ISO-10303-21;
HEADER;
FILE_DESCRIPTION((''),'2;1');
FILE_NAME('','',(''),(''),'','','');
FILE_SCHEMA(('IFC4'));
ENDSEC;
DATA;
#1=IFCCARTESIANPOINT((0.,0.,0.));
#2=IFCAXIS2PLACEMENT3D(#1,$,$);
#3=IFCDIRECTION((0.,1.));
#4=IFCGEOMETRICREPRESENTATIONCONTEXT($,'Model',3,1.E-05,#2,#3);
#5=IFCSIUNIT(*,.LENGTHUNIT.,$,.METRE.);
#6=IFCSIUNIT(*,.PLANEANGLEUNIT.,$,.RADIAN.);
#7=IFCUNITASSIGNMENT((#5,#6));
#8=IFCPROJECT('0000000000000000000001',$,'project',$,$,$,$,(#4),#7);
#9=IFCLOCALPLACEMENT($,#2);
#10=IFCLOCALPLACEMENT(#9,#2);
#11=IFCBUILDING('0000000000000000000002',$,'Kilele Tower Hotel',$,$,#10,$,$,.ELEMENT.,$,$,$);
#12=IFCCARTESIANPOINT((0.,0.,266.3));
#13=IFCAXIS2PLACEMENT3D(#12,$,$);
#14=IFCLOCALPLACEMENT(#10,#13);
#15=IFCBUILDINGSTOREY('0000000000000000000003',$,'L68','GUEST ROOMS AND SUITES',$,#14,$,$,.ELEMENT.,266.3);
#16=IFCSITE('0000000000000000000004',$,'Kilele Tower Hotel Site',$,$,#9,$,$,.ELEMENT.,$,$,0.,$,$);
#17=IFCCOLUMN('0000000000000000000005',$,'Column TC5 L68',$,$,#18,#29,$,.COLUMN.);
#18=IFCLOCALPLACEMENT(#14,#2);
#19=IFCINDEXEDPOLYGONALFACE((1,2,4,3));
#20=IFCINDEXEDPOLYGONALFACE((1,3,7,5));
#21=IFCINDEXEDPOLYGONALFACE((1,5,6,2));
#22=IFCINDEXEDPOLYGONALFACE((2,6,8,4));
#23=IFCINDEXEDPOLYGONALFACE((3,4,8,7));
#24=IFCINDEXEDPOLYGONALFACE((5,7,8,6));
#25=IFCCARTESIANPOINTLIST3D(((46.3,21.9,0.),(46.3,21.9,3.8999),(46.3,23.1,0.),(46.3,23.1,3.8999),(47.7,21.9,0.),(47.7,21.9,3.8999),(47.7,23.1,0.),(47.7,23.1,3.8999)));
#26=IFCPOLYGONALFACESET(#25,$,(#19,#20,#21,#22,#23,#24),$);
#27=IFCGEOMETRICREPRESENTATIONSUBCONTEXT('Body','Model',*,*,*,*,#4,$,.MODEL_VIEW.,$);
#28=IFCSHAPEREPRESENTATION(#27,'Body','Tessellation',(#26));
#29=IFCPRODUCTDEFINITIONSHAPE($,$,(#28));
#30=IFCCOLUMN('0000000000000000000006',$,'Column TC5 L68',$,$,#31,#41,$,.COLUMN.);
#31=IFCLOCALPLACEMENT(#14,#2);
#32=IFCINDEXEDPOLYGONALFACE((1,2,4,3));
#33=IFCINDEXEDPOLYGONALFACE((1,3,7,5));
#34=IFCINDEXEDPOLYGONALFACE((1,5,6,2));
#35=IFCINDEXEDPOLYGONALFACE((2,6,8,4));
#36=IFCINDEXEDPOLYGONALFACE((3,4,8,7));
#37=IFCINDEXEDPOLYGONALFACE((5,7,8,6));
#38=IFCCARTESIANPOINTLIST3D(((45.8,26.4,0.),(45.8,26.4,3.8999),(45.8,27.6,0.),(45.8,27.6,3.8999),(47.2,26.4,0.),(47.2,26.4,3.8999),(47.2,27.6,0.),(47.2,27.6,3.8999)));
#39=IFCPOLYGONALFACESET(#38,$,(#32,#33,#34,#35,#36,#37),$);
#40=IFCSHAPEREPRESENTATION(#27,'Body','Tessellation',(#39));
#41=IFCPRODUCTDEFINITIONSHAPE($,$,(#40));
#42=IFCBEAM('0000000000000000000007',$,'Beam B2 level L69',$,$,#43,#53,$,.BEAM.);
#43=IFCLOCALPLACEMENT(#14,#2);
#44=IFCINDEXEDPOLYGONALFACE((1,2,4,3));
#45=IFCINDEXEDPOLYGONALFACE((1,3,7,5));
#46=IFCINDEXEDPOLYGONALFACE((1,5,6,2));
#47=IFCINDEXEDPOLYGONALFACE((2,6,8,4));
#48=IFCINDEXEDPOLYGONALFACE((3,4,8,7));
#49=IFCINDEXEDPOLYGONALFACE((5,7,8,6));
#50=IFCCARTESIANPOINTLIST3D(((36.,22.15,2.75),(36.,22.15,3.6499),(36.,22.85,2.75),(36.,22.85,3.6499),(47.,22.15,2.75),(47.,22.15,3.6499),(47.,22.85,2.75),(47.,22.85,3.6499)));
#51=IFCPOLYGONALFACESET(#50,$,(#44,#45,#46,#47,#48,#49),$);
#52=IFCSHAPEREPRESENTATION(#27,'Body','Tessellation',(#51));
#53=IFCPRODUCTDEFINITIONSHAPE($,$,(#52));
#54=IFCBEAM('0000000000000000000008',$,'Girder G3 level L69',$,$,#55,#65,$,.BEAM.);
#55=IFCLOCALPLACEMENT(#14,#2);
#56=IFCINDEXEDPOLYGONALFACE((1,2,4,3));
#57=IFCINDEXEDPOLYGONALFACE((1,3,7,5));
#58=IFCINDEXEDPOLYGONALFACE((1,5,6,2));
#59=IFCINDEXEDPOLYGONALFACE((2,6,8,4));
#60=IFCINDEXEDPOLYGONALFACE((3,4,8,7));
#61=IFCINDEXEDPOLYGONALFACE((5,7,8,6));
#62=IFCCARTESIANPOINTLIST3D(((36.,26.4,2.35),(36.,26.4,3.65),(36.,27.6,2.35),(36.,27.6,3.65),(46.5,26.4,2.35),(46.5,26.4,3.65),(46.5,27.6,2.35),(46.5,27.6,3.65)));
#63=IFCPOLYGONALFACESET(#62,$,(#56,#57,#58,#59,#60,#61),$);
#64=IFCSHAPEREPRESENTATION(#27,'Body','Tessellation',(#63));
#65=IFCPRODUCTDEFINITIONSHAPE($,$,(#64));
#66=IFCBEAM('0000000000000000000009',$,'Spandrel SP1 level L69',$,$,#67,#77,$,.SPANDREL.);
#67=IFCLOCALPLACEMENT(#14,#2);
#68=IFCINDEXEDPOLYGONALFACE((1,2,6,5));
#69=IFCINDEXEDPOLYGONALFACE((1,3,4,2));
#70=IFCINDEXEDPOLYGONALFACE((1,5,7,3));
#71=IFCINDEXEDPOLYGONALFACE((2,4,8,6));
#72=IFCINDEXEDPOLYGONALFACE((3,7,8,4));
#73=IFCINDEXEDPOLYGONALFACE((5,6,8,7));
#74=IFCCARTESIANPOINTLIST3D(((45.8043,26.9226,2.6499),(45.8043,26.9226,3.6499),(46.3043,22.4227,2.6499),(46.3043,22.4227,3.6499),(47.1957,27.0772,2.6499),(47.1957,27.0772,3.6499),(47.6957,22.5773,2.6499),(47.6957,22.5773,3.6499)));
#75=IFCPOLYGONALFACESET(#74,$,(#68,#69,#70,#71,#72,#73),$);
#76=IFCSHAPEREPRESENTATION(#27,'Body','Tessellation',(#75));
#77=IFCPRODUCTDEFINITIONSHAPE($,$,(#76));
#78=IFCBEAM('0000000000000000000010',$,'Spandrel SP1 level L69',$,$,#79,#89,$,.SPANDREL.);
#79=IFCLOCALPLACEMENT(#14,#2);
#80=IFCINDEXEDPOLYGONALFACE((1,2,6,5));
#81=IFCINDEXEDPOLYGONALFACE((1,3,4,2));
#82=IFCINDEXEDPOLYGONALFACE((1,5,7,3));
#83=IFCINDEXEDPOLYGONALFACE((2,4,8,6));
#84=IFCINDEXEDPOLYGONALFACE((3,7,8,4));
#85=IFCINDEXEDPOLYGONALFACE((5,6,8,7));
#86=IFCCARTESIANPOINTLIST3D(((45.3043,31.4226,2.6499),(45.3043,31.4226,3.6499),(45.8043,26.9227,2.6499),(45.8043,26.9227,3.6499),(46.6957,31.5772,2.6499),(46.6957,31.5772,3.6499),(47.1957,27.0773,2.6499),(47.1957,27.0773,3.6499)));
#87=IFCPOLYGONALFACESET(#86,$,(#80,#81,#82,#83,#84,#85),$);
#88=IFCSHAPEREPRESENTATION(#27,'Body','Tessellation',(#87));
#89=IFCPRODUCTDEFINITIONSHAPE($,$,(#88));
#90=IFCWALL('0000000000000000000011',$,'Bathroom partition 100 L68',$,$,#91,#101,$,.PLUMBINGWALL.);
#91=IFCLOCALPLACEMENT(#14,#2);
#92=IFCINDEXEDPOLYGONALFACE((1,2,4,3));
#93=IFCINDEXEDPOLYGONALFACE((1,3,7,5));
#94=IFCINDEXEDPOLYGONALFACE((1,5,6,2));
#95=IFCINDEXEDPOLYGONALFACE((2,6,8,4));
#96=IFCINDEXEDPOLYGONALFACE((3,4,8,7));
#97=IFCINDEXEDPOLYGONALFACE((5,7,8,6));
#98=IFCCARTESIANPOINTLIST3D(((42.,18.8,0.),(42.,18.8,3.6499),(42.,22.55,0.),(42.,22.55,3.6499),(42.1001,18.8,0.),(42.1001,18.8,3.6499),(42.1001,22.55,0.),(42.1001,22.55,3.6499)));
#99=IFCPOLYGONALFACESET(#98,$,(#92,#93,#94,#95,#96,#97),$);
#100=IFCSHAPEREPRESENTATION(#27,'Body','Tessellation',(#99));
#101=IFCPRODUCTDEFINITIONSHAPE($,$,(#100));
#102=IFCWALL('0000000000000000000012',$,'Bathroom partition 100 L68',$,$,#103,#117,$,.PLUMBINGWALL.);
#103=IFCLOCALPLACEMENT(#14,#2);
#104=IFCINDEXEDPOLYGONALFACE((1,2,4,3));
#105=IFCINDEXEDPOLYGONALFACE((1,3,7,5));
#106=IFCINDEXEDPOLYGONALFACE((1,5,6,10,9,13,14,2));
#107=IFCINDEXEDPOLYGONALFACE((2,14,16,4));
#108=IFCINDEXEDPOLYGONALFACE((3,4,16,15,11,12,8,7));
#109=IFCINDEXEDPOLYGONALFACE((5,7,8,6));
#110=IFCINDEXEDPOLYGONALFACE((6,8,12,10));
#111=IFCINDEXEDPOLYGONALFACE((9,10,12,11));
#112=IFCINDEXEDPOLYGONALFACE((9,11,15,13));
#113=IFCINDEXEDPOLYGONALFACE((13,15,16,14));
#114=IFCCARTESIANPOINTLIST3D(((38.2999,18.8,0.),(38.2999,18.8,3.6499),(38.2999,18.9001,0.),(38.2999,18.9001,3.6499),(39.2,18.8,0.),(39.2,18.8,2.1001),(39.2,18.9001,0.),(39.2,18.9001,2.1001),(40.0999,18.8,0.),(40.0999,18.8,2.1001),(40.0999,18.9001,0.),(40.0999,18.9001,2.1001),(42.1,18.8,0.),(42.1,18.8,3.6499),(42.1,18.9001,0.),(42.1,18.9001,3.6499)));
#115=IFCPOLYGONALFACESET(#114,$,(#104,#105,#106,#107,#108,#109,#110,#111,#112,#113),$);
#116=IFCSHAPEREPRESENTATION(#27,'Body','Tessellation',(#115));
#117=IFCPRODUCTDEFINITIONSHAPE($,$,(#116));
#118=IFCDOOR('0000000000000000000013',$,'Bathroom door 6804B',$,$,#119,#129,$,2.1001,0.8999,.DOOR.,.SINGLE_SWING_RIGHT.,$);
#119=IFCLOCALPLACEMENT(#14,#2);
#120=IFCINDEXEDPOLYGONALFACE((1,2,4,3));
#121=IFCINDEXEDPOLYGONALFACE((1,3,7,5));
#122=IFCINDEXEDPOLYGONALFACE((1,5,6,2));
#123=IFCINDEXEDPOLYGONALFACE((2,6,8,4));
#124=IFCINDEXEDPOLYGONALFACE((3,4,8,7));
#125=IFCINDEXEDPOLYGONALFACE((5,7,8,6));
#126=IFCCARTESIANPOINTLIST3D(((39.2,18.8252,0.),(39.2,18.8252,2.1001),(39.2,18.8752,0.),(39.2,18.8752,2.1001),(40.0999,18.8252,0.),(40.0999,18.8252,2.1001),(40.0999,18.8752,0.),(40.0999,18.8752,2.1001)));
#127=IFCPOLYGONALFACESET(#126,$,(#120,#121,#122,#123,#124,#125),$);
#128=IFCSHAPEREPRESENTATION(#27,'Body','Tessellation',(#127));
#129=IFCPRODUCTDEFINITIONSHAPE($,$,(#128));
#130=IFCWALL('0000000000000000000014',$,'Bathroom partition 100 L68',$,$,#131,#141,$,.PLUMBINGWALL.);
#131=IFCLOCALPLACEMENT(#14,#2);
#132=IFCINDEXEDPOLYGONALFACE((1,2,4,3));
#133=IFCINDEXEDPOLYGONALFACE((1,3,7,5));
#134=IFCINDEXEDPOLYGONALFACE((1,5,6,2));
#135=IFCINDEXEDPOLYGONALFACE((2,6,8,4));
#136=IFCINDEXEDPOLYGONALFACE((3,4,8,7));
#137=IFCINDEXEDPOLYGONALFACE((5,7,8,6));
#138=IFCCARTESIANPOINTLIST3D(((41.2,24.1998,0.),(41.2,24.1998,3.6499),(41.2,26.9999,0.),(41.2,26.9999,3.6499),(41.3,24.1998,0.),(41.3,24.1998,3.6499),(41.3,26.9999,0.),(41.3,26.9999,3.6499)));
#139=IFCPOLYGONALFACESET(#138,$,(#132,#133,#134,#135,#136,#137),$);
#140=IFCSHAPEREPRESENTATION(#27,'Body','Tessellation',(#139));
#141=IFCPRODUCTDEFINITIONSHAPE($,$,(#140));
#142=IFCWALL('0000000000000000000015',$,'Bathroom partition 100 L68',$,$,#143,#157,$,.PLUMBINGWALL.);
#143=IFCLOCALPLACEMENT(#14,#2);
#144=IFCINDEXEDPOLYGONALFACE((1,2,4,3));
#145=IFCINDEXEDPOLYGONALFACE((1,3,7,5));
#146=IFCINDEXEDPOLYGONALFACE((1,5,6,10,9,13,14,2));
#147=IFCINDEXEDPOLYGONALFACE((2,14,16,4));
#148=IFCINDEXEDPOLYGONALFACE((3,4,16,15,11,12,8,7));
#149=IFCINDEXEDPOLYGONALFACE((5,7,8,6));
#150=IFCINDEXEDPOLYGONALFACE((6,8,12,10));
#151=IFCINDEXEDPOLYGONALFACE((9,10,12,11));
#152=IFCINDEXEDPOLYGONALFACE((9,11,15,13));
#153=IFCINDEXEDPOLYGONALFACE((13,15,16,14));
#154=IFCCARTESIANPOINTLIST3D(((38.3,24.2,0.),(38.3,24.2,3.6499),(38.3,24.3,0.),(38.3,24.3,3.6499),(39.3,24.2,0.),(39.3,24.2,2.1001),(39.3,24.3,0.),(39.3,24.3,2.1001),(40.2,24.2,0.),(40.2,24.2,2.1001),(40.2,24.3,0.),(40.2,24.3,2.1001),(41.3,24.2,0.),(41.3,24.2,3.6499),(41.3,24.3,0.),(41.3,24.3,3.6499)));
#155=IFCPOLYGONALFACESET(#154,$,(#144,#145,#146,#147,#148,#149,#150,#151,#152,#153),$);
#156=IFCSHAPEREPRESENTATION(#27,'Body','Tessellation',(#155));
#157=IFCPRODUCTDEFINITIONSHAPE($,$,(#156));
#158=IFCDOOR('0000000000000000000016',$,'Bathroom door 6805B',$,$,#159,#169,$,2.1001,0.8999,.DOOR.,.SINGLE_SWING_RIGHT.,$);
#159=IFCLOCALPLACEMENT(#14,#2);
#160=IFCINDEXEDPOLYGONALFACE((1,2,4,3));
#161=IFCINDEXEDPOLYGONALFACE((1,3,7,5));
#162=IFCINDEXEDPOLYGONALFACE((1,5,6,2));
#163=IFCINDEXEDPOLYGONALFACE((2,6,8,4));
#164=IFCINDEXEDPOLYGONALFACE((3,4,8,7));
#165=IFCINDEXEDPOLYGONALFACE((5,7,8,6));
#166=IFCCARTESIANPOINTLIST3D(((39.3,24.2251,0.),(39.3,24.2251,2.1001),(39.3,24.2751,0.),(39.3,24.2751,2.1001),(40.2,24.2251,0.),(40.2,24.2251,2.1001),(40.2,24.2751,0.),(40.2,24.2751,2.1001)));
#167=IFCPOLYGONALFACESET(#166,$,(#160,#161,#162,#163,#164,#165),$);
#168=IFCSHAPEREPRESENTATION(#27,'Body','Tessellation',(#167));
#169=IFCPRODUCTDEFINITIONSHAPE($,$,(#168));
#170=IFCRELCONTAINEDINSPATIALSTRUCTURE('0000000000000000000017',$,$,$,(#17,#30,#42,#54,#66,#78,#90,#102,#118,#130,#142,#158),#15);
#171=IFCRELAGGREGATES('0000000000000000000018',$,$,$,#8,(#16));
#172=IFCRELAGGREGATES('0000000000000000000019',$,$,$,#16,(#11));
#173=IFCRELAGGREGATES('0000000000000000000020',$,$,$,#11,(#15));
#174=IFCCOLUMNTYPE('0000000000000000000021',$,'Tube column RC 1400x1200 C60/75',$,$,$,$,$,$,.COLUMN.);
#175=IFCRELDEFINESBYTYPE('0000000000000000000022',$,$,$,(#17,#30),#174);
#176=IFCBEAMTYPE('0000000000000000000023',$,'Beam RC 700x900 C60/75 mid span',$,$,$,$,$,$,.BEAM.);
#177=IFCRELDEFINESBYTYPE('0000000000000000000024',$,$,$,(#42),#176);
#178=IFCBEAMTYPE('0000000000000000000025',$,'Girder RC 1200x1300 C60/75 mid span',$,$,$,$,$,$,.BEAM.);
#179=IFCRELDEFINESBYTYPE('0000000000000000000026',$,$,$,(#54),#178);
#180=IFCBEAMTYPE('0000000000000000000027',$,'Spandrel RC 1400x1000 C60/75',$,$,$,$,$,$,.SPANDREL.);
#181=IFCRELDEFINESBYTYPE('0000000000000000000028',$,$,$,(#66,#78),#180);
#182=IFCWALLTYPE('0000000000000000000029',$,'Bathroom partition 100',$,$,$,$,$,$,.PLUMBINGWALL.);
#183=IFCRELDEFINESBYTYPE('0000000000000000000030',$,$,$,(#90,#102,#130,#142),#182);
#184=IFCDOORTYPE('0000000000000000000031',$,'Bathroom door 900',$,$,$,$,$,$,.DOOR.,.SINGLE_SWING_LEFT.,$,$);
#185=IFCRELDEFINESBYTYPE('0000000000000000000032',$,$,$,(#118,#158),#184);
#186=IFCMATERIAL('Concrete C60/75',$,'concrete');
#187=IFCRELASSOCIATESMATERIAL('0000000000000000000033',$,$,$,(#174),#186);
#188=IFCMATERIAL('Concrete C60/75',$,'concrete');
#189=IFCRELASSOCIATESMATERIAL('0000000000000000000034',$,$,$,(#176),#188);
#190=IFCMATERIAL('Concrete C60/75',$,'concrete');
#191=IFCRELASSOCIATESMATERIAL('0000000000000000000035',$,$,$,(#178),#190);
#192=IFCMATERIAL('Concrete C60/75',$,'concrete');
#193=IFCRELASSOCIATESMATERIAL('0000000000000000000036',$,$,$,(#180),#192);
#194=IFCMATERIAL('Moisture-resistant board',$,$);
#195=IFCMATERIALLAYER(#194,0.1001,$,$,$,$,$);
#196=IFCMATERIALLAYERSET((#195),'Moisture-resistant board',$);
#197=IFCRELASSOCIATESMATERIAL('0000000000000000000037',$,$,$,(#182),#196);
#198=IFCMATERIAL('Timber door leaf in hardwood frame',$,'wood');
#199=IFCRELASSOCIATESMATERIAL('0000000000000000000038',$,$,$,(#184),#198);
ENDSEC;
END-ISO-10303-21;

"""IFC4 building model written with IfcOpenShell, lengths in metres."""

from ifc_helpers import new_model, si_unit, direction, frame, frame_2d, origin, origin_2d, place, context, subcontext, project, spatial, rectangle, extrude, material, layer, layer_set, material_profile, profile_set, type_object, element, fill, save


model = new_model("IFC4")

# Units and contexts
model_context = context("Model", 3, precision=1e-05, world=origin(), true_north=direction((0.0, 1.0)))
body_context = subcontext(model_context, "Body", "Model", "MODEL_VIEW")
ifc_project = project(units=[si_unit("LENGTHUNIT", "METRE"), si_unit("PLANEANGLEUNIT", "RADIAN")], contexts=[model_context])

# Site, building, storey
site_placement = place(None, origin())
site = spatial("IfcSite", under=ifc_project, at=site_placement, Name="Kilele Tower Hotel Site", CompositionType="ELEMENT", RefElevation=0.0)
building_placement = place(site_placement, origin())
building = spatial("IfcBuilding", under=site, at=building_placement, Name="Kilele Tower Hotel", CompositionType="ELEMENT")
storey_placement = place(building_placement, frame((0.0, 0.0, 266.3)))
storey = spatial("IfcBuildingStorey", under=building, at=storey_placement, Name="L68", Description="GUEST ROOMS AND SUITES", CompositionType="ELEMENT", Elevation=266.3)

# Columns
ifc_material_1 = material(Name="Concrete C60/75", Category="concrete")
ifc_material_profile_1 = material_profile(ifc_material_1, rectangle(XDim=1.3999, YDim=1.2, at=origin_2d()))
ifc_profile_set_1 = profile_set([ifc_material_profile_1], Name="Concrete C60/75")
column_type = type_object("IfcColumnType", Name="Tube column RC 1400x1200 C60/75", PredefinedType="COLUMN", material=ifc_profile_set_1)
for number, where, z_axis, x_axis, name in (
    (1, (47.0, 22.5, 0.0), (0.0, 0.0, 1.0), (1.0, 0.0, 0.0), "Column TC5 L68"),
    (2, (46.5, 27.0, 0.0), (0.0, 0.0, 1.0), (1.0, 0.0, 0.0), "Column TC5 L68"),
):
    element("IfcColumn", number, at=place(storey_placement, frame(where, z_axis=z_axis, x_axis=x_axis)), inside=storey, type_object=column_type, Name=name, PredefinedType="COLUMN", context=body_context, shape_type="SweptSolid", body=[
        extrude(rectangle(XDim=1.3999, YDim=1.2, at=origin_2d()), origin(), (0.0, 0.0, 1.0), 3.8999),
    ])

# Beams
ifc_material_2 = material(Name="Concrete C60/75", Category="concrete")
ifc_material_profile_2 = material_profile(ifc_material_2, rectangle(XDim=0.7, YDim=0.8999, at=origin_2d()))
ifc_profile_set_2 = profile_set([ifc_material_profile_2], Name="Concrete C60/75")
beam_type_1 = type_object("IfcBeamType", Name="Beam RC 700x900 C60/75 mid span", PredefinedType="BEAM", material=ifc_profile_set_2)
beam_1_placement = place(storey_placement, frame((47.0, 22.5, 3.2), z_axis=(-1.0, 0.0, 0.0), x_axis=(0.0, -1.0, 0.0)))
element("IfcBeam", 3, at=beam_1_placement, inside=storey, type_object=beam_type_1, Name="Beam B2 level L69", PredefinedType="BEAM", context=body_context, shape_type="SweptSolid", body=[
    extrude(rectangle(XDim=0.7, YDim=0.8999, at=origin_2d()), origin(), (0.0, 0.0, 1.0), 11.0),
])
ifc_material_3 = material(Name="Concrete C60/75", Category="concrete")
ifc_material_profile_3 = material_profile(ifc_material_3, rectangle(XDim=1.2, YDim=1.3, at=origin_2d()))
ifc_profile_set_3 = profile_set([ifc_material_profile_3], Name="Concrete C60/75")
beam_type_2 = type_object("IfcBeamType", Name="Girder RC 1200x1300 C60/75 mid span", PredefinedType="BEAM", material=ifc_profile_set_3)
beam_2_placement = place(storey_placement, frame((46.5, 27.0, 3.0), z_axis=(-1.0, 0.0, 0.0), x_axis=(0.0, -1.0, 0.0)))
element("IfcBeam", 4, at=beam_2_placement, inside=storey, type_object=beam_type_2, Name="Girder G3 level L69", PredefinedType="BEAM", context=body_context, shape_type="SweptSolid", body=[
    extrude(rectangle(XDim=1.2, YDim=1.3, at=origin_2d()), origin(), (0.0, 0.0, 1.0), 10.5),
])
ifc_material_4 = material(Name="Concrete C60/75", Category="concrete")
ifc_material_profile_4 = material_profile(ifc_material_4, rectangle(XDim=1.3999, YDim=1.0, at=origin_2d()))
ifc_profile_set_4 = profile_set([ifc_material_profile_4], Name="Concrete C60/75")
beam_type_3 = type_object("IfcBeamType", Name="Spandrel RC 1400x1000 C60/75", PredefinedType="SPANDREL", material=ifc_profile_set_4)
for number, where, z_axis, x_axis, name in (
    (5, (47.0, 22.5, 3.1499), (-0.110432, 0.993884, 0.0), (-0.993884, -0.110432, 0.0), "Spandrel SP1 level L69"),
    (6, (46.5, 27.0, 3.1499), (-0.110432, 0.993884, 0.0), (-0.993884, -0.110432, 0.0), "Spandrel SP1 level L69"),
):
    element("IfcBeam", number, at=place(storey_placement, frame(where, z_axis=z_axis, x_axis=x_axis)), inside=storey, type_object=beam_type_3, Name=name, PredefinedType="SPANDREL", context=body_context, shape_type="SweptSolid", body=[
        extrude(rectangle(XDim=1.3999, YDim=1.0, at=origin_2d()), origin(), (0.0, 0.0, 1.0), 4.5276),
    ])

# Wall
ifc_material_5 = material(Name="Moisture-resistant board")
ifc_layer_1 = layer(ifc_material_5, 0.1001)
ifc_layer_set_1 = layer_set([ifc_layer_1], Name="Moisture-resistant board")
wall_type_1 = type_object("IfcWallType", Name="Bathroom partition 100", PredefinedType="PLUMBINGWALL", material=ifc_layer_set_1)
wall_1_placement = place(storey_placement, frame((42.05, 18.8, 0.0), z_axis=(0.0, 0.0, 1.0), x_axis=(0.0, 1.0, 0.0)))
element("IfcWall", 7, at=wall_1_placement, inside=storey, type_object=wall_type_1, Name="Bathroom partition 100 L68", PredefinedType="PLUMBINGWALL", context=body_context, shape_type="SweptSolid", body=[
    extrude(rectangle(XDim=3.75, YDim=0.1001, at=frame_2d((1.875, 0.0))), origin(), (0.0, 0.0, 1.0), 3.6499),
])

# Wall, opening, door
wall_2_placement = place(storey_placement, frame((38.3, 18.8501, 0.0), z_axis=(0.0, 0.0, 1.0), x_axis=(1.0, 0.0, 0.0)))
wall_2 = element("IfcWall", 8, at=wall_2_placement, inside=storey, type_object=wall_type_1, Name="Bathroom partition 100 L68", PredefinedType="PLUMBINGWALL", context=body_context, shape_type="SweptSolid", body=[
    extrude(rectangle(XDim=3.8, YDim=0.1001, at=frame_2d((1.8999, 0.0))), origin(), (0.0, 0.0, 1.0), 3.6499),
])
opening_1_placement = place(wall_2_placement, frame((1.7998, 0.0, 0.0), z_axis=(0.0, 0.0, 1.0), x_axis=(-1.0, 0.0, 0.0)))
opening_1 = element("IfcOpeningElement", 9, at=opening_1_placement, cuts=wall_2, PredefinedType="OPENING", context=body_context, shape_type="SweptSolid", body=[
    extrude(rectangle(XDim=0.8999, YDim=2.1001, at=frame_2d((0.45, 1.05))), frame((0.0, 0.0601, 0.0), z_axis=(0.0, -1.0, 0.0), x_axis=(1.0, 0.0, 0.0)), (0.0, 0.0, 1.0), 0.1201),
])
ifc_material_6 = material(Name="Timber door leaf in hardwood frame", Category="wood")
door_type_1 = type_object("IfcDoorType", Name="Bathroom door 900", OperationType="SINGLE_SWING_LEFT", PredefinedType="DOOR", material=ifc_material_6)
door_1_placement = place(opening_1_placement, origin())
door_1 = element("IfcDoor", 10, at=door_1_placement, inside=storey, type_object=door_type_1, Name="Bathroom door 6804B", OperationType="SINGLE_SWING_RIGHT", OverallHeight=2.1001, OverallWidth=0.8999, PredefinedType="DOOR", context=body_context, shape_type="SweptSolid", body=[
    extrude(rectangle(XDim=0.8999, YDim=2.1001, at=frame_2d((0.45, 1.05))), frame((0.0, 0.0249, 0.0), z_axis=(0.0, -1.0, 0.0), x_axis=(1.0, 0.0, 0.0)), (0.0, 0.0, 1.0), 0.05),
])
fill(opening_1, door_1)

# Wall
wall_3_placement = place(storey_placement, frame((41.25, 24.2, 0.0), z_axis=(0.0, 0.0, 1.0), x_axis=(0.0, 1.0, 0.0)))
element("IfcWall", 11, at=wall_3_placement, inside=storey, type_object=wall_type_1, Name="Bathroom partition 100 L68", PredefinedType="PLUMBINGWALL", context=body_context, shape_type="SweptSolid", body=[
    extrude(rectangle(XDim=2.8, YDim=0.1001, at=frame_2d((1.3999, 0.0))), origin(), (0.0, 0.0, 1.0), 3.6499),
])

# Wall, opening, door
wall_4_placement = place(storey_placement, frame((38.3, 24.25, 0.0), z_axis=(0.0, 0.0, 1.0), x_axis=(1.0, 0.0, 0.0)))
wall_4 = element("IfcWall", 12, at=wall_4_placement, inside=storey, type_object=wall_type_1, Name="Bathroom partition 100 L68", PredefinedType="PLUMBINGWALL", context=body_context, shape_type="SweptSolid", body=[
    extrude(rectangle(XDim=3.0, YDim=0.1001, at=frame_2d((1.5, 0.0))), origin(), (0.0, 0.0, 1.0), 3.6499),
])
opening_2_placement = place(wall_4_placement, frame((1.8999, 0.0, 0.0), z_axis=(0.0, 0.0, 1.0), x_axis=(-1.0, 0.0, 0.0)))
opening_2 = element("IfcOpeningElement", 13, at=opening_2_placement, cuts=wall_4, PredefinedType="OPENING", context=body_context, shape_type="SweptSolid", body=[
    extrude(rectangle(XDim=0.8999, YDim=2.1001, at=frame_2d((0.45, 1.05))), frame((0.0, 0.0601, 0.0), z_axis=(0.0, -1.0, 0.0), x_axis=(1.0, 0.0, 0.0)), (0.0, 0.0, 1.0), 0.1201),
])
door_2_placement = place(opening_2_placement, origin())
door_2 = element("IfcDoor", 14, at=door_2_placement, inside=storey, type_object=door_type_1, Name="Bathroom door 6805B", OperationType="SINGLE_SWING_RIGHT", OverallHeight=2.1001, OverallWidth=0.8999, PredefinedType="DOOR", context=body_context, shape_type="SweptSolid", body=[
    extrude(rectangle(XDim=0.8999, YDim=2.1001, at=frame_2d((0.45, 1.05))), frame((0.0, 0.0249, 0.0), z_axis=(0.0, -1.0, 0.0), x_axis=(1.0, 0.0, 0.0)), (0.0, 0.0, 1.0), 0.05),
])
fill(opening_2, door_2)

save(model, "model.ifc")
